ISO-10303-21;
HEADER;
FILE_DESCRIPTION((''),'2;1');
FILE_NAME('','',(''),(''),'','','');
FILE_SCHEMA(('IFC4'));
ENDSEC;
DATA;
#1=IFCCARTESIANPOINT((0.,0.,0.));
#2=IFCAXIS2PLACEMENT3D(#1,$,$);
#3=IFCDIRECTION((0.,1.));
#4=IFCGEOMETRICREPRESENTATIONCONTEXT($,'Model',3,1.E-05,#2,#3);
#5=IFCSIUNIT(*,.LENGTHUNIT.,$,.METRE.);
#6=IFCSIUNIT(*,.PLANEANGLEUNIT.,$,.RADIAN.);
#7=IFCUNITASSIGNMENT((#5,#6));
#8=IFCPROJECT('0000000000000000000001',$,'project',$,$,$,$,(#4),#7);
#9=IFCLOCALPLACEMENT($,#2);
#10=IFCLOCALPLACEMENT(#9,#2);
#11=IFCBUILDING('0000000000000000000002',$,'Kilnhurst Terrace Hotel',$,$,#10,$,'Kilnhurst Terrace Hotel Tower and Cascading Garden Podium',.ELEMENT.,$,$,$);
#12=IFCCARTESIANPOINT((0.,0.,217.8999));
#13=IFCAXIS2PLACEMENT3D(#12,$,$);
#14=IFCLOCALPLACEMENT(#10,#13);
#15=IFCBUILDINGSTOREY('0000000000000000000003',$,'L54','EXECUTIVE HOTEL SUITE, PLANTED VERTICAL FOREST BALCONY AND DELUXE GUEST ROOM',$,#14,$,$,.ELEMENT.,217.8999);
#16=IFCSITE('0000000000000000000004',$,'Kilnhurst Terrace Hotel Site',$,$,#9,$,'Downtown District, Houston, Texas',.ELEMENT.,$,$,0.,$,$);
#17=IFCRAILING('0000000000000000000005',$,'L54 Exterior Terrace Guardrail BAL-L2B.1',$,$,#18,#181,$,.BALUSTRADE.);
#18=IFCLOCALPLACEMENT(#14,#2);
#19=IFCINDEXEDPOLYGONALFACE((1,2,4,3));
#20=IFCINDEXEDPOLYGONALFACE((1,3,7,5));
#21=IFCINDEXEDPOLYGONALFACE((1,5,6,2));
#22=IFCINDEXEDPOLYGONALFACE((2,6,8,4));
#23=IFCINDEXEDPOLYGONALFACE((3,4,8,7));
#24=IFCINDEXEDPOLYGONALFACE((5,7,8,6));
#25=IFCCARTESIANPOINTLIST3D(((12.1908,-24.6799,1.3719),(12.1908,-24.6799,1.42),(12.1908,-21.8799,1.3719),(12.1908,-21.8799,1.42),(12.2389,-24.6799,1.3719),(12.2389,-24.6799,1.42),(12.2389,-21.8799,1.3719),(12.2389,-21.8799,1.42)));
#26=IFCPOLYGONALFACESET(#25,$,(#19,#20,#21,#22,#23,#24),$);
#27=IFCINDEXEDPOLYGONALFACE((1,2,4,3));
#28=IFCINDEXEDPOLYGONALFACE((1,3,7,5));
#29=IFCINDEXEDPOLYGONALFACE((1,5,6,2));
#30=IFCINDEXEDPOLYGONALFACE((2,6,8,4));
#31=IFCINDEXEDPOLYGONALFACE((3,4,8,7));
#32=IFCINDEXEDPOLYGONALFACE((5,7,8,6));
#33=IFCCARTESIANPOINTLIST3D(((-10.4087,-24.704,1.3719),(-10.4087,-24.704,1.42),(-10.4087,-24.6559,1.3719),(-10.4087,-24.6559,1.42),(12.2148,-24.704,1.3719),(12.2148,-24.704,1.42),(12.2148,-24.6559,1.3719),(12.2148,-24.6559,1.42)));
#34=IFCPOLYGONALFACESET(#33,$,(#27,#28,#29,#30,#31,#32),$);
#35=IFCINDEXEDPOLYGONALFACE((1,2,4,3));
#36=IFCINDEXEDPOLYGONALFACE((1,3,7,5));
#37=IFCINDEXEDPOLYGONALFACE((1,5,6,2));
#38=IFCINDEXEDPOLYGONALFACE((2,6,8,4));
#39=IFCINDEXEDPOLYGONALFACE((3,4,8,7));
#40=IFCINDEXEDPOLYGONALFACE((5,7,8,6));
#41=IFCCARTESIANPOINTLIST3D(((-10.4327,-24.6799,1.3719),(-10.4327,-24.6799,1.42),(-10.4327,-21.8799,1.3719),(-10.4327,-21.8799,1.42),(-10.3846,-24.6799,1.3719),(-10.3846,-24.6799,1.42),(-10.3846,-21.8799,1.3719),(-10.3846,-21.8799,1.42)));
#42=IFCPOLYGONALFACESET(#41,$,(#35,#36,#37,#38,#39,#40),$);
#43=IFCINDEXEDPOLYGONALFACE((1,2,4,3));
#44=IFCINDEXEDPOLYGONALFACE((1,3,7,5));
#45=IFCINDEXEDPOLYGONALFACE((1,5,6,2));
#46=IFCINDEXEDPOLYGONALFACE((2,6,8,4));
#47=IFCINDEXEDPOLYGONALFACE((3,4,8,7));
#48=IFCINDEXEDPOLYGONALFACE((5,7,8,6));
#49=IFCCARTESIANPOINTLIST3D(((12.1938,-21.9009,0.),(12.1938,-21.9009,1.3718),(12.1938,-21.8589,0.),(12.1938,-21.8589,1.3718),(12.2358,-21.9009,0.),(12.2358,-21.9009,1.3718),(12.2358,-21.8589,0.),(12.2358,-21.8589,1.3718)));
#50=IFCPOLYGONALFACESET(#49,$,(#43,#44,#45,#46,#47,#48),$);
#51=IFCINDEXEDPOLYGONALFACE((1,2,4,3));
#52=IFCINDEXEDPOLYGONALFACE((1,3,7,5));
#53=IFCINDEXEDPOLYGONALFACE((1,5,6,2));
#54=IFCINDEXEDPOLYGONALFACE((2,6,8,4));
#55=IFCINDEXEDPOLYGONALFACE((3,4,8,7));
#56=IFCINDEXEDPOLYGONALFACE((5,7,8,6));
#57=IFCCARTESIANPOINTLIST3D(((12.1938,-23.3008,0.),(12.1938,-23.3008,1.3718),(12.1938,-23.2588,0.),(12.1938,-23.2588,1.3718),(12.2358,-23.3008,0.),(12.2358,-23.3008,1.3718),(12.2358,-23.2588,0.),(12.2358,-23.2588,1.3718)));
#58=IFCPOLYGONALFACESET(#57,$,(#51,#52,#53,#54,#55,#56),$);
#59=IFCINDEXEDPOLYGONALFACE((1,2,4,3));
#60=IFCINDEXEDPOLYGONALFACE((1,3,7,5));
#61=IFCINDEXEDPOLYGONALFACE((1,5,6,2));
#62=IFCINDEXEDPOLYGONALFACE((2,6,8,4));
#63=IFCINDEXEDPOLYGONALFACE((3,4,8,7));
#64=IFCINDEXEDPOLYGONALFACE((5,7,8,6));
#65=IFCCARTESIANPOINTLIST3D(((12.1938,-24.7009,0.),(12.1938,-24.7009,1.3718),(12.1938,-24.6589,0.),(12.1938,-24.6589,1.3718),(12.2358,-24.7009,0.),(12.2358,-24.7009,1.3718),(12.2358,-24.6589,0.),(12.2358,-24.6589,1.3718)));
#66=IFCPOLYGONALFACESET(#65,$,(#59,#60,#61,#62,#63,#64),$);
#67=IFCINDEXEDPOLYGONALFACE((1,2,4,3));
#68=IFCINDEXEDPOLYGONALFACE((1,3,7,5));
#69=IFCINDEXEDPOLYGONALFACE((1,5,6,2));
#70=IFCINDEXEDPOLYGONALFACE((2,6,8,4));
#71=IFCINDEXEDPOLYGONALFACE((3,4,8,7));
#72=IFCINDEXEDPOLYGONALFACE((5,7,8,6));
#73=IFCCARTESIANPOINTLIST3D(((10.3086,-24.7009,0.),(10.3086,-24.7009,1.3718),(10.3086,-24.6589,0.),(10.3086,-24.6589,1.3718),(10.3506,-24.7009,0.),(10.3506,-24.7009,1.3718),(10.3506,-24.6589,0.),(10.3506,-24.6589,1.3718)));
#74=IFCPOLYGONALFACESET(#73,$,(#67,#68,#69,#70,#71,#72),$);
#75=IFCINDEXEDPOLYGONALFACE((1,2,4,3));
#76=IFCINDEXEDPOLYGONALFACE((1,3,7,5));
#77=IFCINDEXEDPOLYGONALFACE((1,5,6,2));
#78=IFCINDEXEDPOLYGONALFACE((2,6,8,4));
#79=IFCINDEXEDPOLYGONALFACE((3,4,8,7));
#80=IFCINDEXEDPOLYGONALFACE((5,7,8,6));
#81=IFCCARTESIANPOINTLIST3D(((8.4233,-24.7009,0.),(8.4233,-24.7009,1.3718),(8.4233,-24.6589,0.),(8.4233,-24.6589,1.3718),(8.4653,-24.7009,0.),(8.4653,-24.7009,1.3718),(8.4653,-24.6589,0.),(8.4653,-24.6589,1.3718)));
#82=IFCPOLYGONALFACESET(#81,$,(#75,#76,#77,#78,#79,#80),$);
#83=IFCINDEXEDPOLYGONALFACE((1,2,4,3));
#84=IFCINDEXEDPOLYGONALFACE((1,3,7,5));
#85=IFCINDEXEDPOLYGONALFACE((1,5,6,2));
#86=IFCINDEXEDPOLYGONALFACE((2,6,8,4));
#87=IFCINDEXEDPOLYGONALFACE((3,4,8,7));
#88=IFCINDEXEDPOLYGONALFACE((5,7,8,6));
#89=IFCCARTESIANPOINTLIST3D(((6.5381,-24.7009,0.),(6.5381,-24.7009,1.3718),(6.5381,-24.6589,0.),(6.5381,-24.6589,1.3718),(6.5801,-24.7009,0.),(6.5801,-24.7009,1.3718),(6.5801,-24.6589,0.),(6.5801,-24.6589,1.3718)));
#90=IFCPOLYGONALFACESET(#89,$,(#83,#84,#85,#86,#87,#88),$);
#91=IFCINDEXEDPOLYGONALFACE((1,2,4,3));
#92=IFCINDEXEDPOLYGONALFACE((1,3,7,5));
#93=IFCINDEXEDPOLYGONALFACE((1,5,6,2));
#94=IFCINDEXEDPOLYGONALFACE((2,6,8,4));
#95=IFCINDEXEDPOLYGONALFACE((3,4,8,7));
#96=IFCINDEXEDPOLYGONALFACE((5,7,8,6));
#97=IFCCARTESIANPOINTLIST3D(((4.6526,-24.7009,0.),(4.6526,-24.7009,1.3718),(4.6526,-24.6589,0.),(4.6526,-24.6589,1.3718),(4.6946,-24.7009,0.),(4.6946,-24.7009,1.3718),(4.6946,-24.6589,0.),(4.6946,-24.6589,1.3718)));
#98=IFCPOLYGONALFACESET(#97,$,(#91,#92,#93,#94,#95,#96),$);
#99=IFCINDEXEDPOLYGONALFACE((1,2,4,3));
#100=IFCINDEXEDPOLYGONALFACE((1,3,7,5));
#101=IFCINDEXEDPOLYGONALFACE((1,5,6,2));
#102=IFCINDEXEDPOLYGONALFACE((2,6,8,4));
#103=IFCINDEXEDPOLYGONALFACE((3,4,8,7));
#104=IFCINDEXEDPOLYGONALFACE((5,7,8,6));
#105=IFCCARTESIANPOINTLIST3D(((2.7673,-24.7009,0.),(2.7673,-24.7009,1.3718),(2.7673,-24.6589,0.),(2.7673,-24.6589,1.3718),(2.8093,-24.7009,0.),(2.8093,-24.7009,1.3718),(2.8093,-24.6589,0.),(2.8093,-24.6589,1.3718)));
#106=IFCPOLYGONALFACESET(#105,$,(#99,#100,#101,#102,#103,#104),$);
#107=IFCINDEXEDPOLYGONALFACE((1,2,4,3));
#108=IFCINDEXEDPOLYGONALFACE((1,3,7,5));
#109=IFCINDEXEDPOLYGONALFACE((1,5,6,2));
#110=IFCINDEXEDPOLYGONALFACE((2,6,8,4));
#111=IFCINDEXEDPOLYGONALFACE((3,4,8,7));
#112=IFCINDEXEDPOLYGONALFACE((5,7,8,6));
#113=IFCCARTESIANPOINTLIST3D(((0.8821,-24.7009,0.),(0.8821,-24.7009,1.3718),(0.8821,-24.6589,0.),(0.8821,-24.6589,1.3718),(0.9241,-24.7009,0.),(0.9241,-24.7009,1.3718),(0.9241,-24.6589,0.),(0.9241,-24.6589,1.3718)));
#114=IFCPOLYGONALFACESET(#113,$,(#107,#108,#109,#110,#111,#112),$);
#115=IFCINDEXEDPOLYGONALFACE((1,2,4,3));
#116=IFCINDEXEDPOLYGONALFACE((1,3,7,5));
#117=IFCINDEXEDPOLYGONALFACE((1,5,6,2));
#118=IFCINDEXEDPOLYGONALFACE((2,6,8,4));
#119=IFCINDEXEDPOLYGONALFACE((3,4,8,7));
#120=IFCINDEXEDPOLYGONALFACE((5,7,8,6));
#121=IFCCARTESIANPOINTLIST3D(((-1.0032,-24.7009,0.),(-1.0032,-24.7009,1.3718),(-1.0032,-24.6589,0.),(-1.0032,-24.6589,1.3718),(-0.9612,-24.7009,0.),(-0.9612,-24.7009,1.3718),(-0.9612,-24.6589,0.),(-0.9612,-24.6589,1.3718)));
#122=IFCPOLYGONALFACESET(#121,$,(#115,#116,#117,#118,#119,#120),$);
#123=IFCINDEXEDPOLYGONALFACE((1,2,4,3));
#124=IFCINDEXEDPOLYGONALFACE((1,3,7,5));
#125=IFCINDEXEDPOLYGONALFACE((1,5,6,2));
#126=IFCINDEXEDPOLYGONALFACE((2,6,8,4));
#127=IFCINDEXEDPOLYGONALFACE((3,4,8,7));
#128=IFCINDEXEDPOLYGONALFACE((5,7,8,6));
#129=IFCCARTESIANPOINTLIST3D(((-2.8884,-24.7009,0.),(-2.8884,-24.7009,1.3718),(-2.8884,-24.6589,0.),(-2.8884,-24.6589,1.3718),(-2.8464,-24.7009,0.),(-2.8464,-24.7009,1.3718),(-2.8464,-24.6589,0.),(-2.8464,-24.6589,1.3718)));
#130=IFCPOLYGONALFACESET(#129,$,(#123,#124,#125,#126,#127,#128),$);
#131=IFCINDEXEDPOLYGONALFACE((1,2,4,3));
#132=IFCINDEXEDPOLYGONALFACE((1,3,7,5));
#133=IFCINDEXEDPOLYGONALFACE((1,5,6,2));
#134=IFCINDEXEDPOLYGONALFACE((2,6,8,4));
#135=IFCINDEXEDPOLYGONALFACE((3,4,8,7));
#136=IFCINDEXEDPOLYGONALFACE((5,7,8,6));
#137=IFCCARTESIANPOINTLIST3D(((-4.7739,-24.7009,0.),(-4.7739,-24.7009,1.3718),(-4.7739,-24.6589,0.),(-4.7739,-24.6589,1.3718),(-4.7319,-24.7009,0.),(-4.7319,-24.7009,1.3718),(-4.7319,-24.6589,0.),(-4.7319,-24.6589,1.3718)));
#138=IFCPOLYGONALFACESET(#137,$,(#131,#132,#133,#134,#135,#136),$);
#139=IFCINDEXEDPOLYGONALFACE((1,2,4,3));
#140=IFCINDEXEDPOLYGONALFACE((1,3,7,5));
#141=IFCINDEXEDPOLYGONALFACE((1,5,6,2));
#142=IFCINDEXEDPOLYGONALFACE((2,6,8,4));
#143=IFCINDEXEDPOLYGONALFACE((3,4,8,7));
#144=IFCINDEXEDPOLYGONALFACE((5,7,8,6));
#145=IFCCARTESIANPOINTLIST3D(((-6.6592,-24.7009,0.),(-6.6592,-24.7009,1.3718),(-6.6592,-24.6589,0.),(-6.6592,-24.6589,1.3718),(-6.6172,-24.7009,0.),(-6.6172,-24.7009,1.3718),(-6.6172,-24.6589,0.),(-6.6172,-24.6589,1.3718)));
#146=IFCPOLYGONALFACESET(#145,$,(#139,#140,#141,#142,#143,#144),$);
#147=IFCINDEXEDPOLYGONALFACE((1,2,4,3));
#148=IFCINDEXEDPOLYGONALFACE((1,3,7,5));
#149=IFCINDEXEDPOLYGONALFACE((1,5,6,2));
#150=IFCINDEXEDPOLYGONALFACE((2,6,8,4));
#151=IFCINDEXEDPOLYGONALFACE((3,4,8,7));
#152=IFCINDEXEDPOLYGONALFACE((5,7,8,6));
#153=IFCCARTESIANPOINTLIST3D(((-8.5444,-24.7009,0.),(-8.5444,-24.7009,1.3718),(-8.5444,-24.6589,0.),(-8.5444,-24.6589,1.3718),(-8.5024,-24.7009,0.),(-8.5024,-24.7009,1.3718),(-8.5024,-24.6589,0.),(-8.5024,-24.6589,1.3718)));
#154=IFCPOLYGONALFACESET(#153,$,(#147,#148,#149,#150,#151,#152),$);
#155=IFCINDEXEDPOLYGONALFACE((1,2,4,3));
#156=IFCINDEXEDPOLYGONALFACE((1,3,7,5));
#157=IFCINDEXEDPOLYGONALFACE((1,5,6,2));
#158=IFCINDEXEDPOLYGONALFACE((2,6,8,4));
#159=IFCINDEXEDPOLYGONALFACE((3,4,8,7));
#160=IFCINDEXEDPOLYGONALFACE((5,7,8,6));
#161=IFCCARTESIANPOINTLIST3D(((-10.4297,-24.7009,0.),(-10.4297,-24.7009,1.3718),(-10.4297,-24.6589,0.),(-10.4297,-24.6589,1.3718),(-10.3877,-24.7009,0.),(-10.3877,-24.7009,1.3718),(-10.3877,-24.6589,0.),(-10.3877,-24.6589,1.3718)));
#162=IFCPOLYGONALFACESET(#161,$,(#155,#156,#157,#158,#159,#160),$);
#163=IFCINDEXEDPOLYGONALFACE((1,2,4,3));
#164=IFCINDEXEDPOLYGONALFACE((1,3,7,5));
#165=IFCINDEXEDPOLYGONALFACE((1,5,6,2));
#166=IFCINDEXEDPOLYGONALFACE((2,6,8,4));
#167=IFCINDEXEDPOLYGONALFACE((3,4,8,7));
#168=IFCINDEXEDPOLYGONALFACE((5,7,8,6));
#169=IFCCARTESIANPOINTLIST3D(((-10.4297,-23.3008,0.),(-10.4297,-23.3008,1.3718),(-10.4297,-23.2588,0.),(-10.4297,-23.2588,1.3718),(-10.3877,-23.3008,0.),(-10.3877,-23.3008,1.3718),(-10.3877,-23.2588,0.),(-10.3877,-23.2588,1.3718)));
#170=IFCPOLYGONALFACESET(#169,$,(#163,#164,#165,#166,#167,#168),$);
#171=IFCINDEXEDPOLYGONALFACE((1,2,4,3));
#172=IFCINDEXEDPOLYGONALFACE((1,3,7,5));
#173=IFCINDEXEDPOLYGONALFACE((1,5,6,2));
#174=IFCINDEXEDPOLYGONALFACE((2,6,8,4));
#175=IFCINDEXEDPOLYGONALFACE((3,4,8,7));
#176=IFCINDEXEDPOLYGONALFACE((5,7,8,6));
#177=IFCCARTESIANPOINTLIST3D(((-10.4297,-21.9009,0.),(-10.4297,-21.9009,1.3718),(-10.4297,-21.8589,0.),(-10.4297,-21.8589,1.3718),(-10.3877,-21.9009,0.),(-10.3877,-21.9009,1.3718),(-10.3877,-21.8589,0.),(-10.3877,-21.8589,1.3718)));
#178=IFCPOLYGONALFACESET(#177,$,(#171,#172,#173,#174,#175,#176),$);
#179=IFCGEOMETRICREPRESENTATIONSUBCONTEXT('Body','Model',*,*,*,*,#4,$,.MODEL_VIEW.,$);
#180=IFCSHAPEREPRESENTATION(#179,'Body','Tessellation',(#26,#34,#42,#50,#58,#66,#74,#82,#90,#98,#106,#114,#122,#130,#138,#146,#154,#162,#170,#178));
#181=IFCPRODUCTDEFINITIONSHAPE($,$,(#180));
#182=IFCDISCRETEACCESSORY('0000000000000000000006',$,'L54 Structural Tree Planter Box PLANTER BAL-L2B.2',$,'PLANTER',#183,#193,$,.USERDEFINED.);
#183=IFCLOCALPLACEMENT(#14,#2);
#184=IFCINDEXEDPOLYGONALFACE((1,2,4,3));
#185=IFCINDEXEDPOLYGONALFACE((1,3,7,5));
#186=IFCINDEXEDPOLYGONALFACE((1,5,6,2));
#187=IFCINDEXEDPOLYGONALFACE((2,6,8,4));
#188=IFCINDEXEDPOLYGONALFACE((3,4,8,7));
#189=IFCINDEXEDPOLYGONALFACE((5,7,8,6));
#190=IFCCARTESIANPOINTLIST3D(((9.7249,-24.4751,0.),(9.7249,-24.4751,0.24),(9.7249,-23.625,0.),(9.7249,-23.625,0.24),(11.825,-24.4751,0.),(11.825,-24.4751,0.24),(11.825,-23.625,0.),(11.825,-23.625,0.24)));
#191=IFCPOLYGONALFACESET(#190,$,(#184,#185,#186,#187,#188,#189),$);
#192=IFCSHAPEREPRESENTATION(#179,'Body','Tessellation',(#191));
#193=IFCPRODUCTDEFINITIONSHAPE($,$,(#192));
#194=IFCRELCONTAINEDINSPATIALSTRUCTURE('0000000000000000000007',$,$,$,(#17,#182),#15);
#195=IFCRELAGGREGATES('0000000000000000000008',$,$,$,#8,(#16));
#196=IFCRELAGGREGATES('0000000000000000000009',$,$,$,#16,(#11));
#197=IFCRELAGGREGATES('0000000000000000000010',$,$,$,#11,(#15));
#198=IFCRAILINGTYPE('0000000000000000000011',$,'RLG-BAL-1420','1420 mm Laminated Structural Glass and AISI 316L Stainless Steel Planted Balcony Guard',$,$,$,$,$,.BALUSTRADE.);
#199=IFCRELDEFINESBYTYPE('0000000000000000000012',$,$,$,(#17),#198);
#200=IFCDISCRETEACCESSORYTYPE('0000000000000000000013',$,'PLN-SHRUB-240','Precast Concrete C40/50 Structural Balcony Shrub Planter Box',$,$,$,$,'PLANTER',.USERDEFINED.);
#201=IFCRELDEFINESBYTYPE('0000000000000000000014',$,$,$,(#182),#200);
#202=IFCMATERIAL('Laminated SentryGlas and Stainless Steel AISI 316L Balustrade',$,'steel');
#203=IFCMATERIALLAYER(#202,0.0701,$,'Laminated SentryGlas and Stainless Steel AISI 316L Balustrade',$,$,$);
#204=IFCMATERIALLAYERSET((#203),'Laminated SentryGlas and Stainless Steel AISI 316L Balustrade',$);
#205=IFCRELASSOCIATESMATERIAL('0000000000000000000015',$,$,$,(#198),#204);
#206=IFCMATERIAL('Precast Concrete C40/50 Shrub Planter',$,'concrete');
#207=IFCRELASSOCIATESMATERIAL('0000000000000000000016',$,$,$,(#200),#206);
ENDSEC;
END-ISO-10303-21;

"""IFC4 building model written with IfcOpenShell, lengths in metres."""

from ifc_helpers import new_model, si_unit, direction, frame, origin, origin_2d, place, context, subcontext, project, spatial, rectangle, extrude, material, layer, layer_set, type_object, element, save


model = new_model("IFC4")

# Units and contexts
model_context = context("Model", 3, precision=1e-05, world=origin(), true_north=direction((0.0, 1.0)))
body_context = subcontext(model_context, "Body", "Model", "MODEL_VIEW")
ifc_project = project(units=[si_unit("LENGTHUNIT", "METRE"), si_unit("PLANEANGLEUNIT", "RADIAN")], contexts=[model_context])

# Site, building, storey
site_placement = place(None, origin())
site = spatial("IfcSite", under=ifc_project, at=site_placement, Name="Kilnhurst Terrace Hotel Site", LongName="Downtown District, Houston, Texas", CompositionType="ELEMENT", RefElevation=0.0)
building_placement = place(site_placement, origin())
building = spatial("IfcBuilding", under=site, at=building_placement, Name="Kilnhurst Terrace Hotel", LongName="Kilnhurst Terrace Hotel Tower and Cascading Garden Podium", CompositionType="ELEMENT")
storey_placement = place(building_placement, frame((0.0, 0.0, 217.8999)))
storey = spatial("IfcBuildingStorey", under=building, at=storey_placement, Name="L54", Description="EXECUTIVE HOTEL SUITE, PLANTED VERTICAL FOREST BALCONY AND DELUXE GUEST ROOM", CompositionType="ELEMENT", Elevation=217.8999)

# Railing
ifc_material_1 = material(Name="Laminated SentryGlas and Stainless Steel AISI 316L Balustrade", Category="steel")
ifc_layer_1 = layer(ifc_material_1, 0.0701, Name="Laminated SentryGlas and Stainless Steel AISI 316L Balustrade")
ifc_layer_set_1 = layer_set([ifc_layer_1], Name="Laminated SentryGlas and Stainless Steel AISI 316L Balustrade")
railing_type = type_object("IfcRailingType", Name="RLG-BAL-1420", Description="1420 mm Laminated Structural Glass and AISI 316L Stainless Steel Planted Balcony Guard", PredefinedType="BALUSTRADE", material=ifc_layer_set_1)
railing_placement = place(storey_placement, frame((12.2148, -21.8799, 0.0)))
element("IfcRailing", 1, at=railing_placement, inside=storey, type_object=railing_type, Name="L54 Exterior Terrace Guardrail BAL-L2B.1", PredefinedType="BALUSTRADE", context=body_context, shape_type="SweptSolid", body=[
    extrude(rectangle(XDim=0.0481, YDim=0.0481, at=origin_2d()), frame((0.0, 0.0, 1.396), z_axis=(0.0, -1.0, 0.0), x_axis=(1.0, 0.0, 0.0)), (0.0, 0.0, 1.0), 2.8),
    extrude(rectangle(XDim=0.0481, YDim=0.0481, at=origin_2d()), frame((0.0, -2.8, 1.396), z_axis=(-1.0, 0.0, 0.0), x_axis=(0.0, -1.0, 0.0)), (0.0, 0.0, 1.0), 22.6235),
    extrude(rectangle(XDim=0.0481, YDim=0.0481, at=origin_2d()), frame((-22.6235, -2.8, 1.396), z_axis=(0.0, 1.0, 0.0), x_axis=(-1.0, 0.0, 0.0)), (0.0, 0.0, 1.0), 2.8),
    extrude(rectangle(XDim=0.042, YDim=0.042, at=origin_2d()), origin(), (0.0, 0.0, 1.0), 1.3718),
    extrude(rectangle(XDim=0.042, YDim=0.042, at=origin_2d()), frame((0.0, -1.3999, 0.0)), (0.0, 0.0, 1.0), 1.3718),
    extrude(rectangle(XDim=0.042, YDim=0.042, at=origin_2d()), frame((0.0, -2.8, 0.0)), (0.0, 0.0, 1.0), 1.3718),
    extrude(rectangle(XDim=0.042, YDim=0.042, at=origin_2d()), frame((-1.8853, -2.8, 0.0)), (0.0, 0.0, 1.0), 1.3718),
    extrude(rectangle(XDim=0.042, YDim=0.042, at=origin_2d()), frame((-3.7705, -2.8, 0.0)), (0.0, 0.0, 1.0), 1.3718),
    extrude(rectangle(XDim=0.042, YDim=0.042, at=origin_2d()), frame((-5.6558, -2.8, 0.0)), (0.0, 0.0, 1.0), 1.3718),
    extrude(rectangle(XDim=0.042, YDim=0.042, at=origin_2d()), frame((-7.5413, -2.8, 0.0)), (0.0, 0.0, 1.0), 1.3718),
    extrude(rectangle(XDim=0.042, YDim=0.042, at=origin_2d()), frame((-9.4265, -2.8, 0.0)), (0.0, 0.0, 1.0), 1.3718),
    extrude(rectangle(XDim=0.042, YDim=0.042, at=origin_2d()), frame((-11.3118, -2.8, 0.0)), (0.0, 0.0, 1.0), 1.3718),
    extrude(rectangle(XDim=0.042, YDim=0.042, at=origin_2d()), frame((-13.197, -2.8, 0.0)), (0.0, 0.0, 1.0), 1.3718),
    extrude(rectangle(XDim=0.042, YDim=0.042, at=origin_2d()), frame((-15.0823, -2.8, 0.0)), (0.0, 0.0, 1.0), 1.3718),
    extrude(rectangle(XDim=0.042, YDim=0.042, at=origin_2d()), frame((-16.9678, -2.8, 0.0)), (0.0, 0.0, 1.0), 1.3718),
    extrude(rectangle(XDim=0.042, YDim=0.042, at=origin_2d()), frame((-18.853, -2.8, 0.0)), (0.0, 0.0, 1.0), 1.3718),
    extrude(rectangle(XDim=0.042, YDim=0.042, at=origin_2d()), frame((-20.7383, -2.8, 0.0)), (0.0, 0.0, 1.0), 1.3718),
    extrude(rectangle(XDim=0.042, YDim=0.042, at=origin_2d()), frame((-22.6235, -2.8, 0.0)), (0.0, 0.0, 1.0), 1.3718),
    extrude(rectangle(XDim=0.042, YDim=0.042, at=origin_2d()), frame((-22.6235, -1.3999, 0.0)), (0.0, 0.0, 1.0), 1.3718),
    extrude(rectangle(XDim=0.042, YDim=0.042, at=origin_2d()), frame((-22.6235, 0.0, 0.0)), (0.0, 0.0, 1.0), 1.3718),
])

# Discrete accessory
ifc_material_2 = material(Name="Precast Concrete C40/50 Shrub Planter", Category="concrete")
discrete_accessory_type = type_object("IfcDiscreteAccessoryType", Name="PLN-SHRUB-240", Description="Precast Concrete C40/50 Structural Balcony Shrub Planter Box", ElementType="PLANTER", PredefinedType="USERDEFINED", material=ifc_material_2)
discrete_accessory_placement = place(storey_placement, frame((10.7749, -24.05, 0.0), z_axis=(0.0, 0.0, 1.0), x_axis=(1.0, 0.0, 0.0)))
element("IfcDiscreteAccessory", 2, at=discrete_accessory_placement, inside=storey, type_object=discrete_accessory_type, Name="L54 Structural Tree Planter Box PLANTER BAL-L2B.2", ObjectType="PLANTER", PredefinedType="USERDEFINED", context=body_context, shape_type="SweptSolid", body=[
    extrude(rectangle(XDim=2.1001, YDim=0.8501, at=origin_2d()), origin(), (0.0, 0.0, 1.0), 0.24),
])

save(model, "model.ifc")
